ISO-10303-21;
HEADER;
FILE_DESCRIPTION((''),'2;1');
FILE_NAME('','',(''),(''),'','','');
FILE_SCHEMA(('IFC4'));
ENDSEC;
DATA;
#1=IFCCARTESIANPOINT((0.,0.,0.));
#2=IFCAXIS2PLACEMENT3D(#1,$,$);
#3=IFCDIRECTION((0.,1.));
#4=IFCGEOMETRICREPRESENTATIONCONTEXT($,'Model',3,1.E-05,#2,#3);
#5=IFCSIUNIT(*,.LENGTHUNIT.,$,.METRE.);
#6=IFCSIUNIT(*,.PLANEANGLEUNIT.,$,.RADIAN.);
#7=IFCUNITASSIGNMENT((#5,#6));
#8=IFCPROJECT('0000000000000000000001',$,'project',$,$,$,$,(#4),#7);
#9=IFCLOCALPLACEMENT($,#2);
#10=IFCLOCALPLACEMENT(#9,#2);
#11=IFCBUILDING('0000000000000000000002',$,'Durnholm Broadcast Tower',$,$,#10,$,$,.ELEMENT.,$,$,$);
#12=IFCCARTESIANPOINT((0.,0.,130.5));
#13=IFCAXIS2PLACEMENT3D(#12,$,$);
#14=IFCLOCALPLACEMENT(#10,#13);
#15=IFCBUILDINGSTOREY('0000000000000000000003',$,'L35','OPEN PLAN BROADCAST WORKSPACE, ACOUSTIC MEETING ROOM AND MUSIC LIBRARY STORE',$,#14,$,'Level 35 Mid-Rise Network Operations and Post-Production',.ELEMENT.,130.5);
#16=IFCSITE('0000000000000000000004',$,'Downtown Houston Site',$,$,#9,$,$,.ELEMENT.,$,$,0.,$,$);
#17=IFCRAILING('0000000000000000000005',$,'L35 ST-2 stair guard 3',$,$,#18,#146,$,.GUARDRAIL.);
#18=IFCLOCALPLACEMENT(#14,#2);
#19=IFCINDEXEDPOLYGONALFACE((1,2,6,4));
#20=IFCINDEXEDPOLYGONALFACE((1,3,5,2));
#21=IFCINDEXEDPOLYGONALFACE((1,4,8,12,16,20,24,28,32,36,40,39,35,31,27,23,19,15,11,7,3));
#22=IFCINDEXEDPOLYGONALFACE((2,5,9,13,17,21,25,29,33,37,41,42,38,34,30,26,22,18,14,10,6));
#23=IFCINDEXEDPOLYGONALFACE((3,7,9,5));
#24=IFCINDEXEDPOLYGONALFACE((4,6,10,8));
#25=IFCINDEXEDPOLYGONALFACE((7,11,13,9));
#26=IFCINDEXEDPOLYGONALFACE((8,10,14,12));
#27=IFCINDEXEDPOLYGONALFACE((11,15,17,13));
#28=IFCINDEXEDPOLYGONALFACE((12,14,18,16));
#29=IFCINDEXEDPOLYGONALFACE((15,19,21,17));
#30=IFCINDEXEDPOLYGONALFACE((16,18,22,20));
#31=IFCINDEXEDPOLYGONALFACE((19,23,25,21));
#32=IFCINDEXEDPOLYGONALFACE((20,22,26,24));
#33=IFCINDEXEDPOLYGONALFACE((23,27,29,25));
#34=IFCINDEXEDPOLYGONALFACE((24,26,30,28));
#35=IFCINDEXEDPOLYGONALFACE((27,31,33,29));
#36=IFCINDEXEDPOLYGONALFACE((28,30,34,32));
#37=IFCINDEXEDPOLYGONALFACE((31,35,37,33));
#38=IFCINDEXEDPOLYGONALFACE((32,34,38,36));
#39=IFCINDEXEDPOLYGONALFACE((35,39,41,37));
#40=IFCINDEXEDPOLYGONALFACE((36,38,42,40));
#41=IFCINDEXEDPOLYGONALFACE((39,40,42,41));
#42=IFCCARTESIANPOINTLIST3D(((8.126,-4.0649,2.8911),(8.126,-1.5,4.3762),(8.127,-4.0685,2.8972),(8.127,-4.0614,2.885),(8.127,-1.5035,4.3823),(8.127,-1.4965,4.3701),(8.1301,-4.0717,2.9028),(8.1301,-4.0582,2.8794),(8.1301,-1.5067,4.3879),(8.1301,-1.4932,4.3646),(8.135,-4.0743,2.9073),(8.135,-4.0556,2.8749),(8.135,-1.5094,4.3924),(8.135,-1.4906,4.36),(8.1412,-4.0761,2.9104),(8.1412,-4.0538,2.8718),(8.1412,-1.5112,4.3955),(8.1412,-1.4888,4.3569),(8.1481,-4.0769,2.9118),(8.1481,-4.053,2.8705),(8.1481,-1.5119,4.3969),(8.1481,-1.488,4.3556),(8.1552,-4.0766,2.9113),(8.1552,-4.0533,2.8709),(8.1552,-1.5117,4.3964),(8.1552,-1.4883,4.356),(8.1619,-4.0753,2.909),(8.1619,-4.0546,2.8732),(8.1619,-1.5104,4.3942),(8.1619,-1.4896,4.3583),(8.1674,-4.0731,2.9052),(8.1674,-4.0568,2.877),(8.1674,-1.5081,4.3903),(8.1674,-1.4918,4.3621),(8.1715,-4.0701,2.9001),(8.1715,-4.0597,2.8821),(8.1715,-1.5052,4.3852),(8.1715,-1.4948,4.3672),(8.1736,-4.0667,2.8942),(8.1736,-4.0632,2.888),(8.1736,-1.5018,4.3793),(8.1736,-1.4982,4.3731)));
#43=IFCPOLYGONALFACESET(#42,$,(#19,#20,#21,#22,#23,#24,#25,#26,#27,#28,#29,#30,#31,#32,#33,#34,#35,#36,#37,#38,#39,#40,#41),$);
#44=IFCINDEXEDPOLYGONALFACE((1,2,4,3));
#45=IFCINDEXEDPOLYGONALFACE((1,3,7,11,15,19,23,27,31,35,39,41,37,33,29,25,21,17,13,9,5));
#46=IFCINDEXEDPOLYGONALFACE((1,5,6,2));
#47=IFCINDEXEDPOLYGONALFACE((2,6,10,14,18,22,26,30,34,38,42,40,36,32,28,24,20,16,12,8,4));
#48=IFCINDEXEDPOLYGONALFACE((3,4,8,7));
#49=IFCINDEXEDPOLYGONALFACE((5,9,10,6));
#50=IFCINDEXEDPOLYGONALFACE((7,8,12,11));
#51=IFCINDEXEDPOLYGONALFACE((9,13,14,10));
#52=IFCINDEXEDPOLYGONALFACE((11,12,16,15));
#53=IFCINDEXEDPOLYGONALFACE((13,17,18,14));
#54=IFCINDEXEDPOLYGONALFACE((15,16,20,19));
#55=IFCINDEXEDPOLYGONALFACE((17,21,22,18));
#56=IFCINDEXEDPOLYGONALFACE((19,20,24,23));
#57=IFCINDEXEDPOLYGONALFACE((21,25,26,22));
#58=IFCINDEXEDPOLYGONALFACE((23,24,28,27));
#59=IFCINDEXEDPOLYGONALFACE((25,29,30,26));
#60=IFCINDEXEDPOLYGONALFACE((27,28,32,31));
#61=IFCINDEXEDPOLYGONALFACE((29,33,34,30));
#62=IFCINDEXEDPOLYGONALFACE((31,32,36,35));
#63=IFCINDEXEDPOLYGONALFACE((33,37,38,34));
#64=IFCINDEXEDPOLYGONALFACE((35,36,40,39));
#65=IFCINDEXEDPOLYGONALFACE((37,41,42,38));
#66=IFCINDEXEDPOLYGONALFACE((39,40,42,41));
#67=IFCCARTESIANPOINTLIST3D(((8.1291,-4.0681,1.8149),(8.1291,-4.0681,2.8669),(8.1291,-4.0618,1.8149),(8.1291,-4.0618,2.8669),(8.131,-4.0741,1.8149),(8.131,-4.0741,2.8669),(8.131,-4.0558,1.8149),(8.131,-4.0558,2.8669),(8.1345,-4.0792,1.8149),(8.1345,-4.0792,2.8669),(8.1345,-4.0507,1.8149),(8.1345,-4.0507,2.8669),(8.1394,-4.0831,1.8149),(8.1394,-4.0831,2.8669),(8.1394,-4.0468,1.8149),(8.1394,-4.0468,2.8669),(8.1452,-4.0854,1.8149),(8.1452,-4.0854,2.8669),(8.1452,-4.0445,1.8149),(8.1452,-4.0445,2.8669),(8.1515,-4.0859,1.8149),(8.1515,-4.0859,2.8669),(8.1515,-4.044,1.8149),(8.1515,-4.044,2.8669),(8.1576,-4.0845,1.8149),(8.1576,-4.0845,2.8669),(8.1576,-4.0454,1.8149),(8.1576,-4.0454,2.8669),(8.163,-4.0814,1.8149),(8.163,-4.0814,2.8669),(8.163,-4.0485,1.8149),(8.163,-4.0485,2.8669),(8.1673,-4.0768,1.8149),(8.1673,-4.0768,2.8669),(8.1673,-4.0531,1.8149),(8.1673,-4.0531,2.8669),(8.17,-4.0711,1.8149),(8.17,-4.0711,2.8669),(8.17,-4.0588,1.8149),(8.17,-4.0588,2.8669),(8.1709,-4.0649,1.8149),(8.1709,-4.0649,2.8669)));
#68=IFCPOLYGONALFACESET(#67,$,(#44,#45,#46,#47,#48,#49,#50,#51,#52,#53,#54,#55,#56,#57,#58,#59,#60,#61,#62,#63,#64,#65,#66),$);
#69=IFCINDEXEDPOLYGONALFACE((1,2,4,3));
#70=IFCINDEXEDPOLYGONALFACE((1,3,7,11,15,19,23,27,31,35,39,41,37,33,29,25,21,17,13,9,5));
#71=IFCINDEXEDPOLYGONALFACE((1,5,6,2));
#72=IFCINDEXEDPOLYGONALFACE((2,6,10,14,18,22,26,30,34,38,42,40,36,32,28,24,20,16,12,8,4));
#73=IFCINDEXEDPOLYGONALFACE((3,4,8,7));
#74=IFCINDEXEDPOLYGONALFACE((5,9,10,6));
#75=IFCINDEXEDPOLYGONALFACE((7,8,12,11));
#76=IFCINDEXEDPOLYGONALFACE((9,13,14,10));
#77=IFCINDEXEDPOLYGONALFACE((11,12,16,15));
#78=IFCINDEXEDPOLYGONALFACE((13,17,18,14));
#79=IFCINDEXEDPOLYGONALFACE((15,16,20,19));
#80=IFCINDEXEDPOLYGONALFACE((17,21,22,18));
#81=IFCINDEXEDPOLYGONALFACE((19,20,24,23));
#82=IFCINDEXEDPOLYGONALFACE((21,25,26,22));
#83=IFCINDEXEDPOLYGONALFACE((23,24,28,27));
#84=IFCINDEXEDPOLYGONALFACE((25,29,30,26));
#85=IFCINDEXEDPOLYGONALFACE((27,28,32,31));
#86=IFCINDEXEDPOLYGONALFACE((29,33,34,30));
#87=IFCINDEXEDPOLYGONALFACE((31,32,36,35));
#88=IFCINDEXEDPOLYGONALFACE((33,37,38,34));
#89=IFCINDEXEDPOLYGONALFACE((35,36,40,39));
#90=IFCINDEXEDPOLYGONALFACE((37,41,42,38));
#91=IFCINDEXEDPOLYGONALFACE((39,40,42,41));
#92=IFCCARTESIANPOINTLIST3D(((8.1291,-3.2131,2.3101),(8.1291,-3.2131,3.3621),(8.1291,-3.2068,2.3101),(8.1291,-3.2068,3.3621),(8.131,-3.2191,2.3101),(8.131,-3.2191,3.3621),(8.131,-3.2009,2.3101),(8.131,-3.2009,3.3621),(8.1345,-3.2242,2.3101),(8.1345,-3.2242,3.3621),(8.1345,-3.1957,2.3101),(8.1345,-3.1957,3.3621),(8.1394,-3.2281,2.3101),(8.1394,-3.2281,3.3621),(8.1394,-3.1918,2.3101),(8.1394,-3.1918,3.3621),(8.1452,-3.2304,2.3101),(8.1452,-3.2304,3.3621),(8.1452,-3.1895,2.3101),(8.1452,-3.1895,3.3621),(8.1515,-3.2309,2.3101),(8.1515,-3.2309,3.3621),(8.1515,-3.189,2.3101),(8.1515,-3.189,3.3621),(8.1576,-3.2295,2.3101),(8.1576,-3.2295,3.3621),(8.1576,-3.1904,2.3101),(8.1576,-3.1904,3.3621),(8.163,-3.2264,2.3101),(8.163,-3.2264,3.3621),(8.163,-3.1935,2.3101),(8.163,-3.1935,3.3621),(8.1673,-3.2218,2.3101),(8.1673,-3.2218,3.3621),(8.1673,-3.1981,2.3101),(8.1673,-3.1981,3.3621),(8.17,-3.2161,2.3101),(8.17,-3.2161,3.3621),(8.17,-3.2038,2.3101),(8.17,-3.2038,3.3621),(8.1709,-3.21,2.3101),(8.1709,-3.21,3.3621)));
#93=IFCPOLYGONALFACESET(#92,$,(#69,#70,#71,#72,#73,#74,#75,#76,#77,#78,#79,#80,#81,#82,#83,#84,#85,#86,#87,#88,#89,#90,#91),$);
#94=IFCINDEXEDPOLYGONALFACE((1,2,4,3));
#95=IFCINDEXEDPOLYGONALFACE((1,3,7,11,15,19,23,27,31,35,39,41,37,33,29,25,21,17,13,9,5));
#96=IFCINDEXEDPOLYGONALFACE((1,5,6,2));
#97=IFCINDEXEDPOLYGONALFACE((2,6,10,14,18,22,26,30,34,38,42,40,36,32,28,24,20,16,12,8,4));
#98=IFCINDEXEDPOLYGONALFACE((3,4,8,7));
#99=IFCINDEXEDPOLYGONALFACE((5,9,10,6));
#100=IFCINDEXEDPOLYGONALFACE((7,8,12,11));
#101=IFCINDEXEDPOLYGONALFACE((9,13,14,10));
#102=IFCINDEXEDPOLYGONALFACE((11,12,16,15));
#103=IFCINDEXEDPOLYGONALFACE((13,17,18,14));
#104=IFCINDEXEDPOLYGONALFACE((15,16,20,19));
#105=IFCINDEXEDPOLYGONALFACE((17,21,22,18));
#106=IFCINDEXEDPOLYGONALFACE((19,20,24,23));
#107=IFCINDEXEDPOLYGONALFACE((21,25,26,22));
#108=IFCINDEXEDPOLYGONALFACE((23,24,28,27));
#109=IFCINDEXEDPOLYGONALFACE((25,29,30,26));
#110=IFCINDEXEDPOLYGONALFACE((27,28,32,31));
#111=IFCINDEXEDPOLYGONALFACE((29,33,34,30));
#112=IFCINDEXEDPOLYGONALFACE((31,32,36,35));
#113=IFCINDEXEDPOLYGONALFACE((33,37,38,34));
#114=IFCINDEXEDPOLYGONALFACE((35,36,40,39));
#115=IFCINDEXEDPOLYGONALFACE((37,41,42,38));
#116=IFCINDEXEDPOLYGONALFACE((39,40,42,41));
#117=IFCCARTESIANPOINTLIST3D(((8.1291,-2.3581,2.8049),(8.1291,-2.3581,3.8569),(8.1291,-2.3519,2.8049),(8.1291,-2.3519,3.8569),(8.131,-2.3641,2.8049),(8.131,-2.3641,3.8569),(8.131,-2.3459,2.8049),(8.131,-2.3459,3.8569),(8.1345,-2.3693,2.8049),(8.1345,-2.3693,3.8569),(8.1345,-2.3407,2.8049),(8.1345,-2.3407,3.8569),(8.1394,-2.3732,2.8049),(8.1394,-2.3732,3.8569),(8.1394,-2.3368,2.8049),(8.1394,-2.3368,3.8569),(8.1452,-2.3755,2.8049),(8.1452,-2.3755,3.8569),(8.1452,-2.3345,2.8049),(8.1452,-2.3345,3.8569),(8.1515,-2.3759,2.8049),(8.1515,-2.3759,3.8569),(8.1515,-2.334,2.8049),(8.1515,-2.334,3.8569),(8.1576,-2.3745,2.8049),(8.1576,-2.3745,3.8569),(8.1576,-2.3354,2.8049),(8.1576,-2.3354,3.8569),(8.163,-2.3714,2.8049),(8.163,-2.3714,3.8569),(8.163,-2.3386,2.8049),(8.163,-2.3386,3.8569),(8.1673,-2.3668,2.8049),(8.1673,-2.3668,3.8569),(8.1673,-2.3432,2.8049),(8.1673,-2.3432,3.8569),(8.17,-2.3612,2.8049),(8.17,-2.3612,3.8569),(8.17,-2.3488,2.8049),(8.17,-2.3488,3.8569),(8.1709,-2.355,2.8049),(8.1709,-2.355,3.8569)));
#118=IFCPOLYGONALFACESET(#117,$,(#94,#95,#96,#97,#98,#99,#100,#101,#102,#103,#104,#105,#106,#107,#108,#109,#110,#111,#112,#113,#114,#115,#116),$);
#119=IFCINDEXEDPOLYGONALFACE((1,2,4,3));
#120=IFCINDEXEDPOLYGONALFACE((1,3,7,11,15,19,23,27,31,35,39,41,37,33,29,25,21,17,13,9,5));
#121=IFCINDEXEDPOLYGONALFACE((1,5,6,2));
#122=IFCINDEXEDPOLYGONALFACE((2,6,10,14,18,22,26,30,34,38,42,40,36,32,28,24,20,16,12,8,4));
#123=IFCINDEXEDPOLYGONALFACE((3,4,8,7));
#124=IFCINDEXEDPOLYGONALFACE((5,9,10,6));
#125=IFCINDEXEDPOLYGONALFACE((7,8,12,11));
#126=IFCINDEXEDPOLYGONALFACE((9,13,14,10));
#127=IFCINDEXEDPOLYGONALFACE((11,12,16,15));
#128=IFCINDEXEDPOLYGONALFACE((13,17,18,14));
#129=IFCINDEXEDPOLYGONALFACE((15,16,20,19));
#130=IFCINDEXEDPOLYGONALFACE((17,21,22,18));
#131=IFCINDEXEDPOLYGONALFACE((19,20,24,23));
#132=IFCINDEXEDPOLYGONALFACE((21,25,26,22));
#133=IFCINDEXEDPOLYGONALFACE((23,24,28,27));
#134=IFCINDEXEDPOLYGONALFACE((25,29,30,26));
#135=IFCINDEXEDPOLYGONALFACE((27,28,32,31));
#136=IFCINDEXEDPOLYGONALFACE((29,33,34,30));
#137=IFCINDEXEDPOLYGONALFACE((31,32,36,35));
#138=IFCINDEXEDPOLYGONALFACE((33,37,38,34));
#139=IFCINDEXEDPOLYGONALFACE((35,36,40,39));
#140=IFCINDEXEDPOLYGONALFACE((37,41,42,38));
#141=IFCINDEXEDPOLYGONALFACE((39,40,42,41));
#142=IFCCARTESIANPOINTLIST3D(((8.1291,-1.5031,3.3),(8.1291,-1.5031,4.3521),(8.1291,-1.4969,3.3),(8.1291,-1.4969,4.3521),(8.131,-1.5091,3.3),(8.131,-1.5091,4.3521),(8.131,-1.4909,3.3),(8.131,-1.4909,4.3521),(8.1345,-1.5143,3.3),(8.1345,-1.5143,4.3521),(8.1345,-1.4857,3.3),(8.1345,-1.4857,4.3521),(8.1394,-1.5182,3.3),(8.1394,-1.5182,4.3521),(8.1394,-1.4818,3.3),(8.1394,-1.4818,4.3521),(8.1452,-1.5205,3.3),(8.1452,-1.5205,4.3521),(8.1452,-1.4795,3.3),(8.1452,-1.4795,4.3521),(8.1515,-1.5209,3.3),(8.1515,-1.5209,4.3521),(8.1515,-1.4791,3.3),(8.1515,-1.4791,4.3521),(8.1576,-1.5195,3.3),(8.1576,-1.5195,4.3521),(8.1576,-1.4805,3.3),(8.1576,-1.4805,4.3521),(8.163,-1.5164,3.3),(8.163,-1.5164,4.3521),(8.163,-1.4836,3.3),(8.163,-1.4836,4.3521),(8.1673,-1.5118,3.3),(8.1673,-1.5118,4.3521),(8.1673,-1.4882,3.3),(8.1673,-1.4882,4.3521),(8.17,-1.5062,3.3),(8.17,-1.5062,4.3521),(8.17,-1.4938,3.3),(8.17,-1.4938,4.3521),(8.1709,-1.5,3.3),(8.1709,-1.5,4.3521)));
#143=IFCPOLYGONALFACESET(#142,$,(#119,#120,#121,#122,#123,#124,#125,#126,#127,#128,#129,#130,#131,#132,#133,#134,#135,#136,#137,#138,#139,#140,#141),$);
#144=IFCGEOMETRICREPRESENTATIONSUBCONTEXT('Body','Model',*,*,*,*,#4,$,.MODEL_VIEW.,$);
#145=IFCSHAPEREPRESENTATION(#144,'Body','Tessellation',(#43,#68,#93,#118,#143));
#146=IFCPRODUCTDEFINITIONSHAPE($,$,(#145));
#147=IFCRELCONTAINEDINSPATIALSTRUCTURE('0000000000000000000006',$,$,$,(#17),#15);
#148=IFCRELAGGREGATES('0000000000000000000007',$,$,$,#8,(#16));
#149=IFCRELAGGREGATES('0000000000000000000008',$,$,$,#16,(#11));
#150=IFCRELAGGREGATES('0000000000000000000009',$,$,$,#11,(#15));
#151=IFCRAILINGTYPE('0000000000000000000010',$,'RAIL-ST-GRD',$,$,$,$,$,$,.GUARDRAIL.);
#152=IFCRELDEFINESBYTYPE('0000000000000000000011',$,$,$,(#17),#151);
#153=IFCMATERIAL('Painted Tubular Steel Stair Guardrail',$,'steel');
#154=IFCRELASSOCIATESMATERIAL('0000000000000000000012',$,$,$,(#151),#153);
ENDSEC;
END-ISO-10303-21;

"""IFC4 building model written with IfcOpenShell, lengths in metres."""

from ifc_helpers import new_model, si_unit, direction, frame, origin, origin_2d, place, context, subcontext, project, spatial, circle, extrude, material, type_object, element, save


model = new_model("IFC4")

# Units and contexts
model_context = context("Model", 3, precision=1e-05, world=origin(), true_north=direction((0.0, 1.0)))
body_context = subcontext(model_context, "Body", "Model", "MODEL_VIEW")
ifc_project = project(units=[si_unit("LENGTHUNIT", "METRE"), si_unit("PLANEANGLEUNIT", "RADIAN")], contexts=[model_context])

# Site, building, storey
site_placement = place(None, origin())
site = spatial("IfcSite", under=ifc_project, at=site_placement, Name="Downtown Houston Site", CompositionType="ELEMENT", RefElevation=0.0)
building_placement = place(site_placement, origin())
building = spatial("IfcBuilding", under=site, at=building_placement, Name="Durnholm Broadcast Tower", CompositionType="ELEMENT")
storey_placement = place(building_placement, frame((0.0, 0.0, 130.5)))
storey = spatial("IfcBuildingStorey", under=building, at=storey_placement, Name="L35", Description="OPEN PLAN BROADCAST WORKSPACE, ACOUSTIC MEETING ROOM AND MUSIC LIBRARY STORE", LongName="Level 35 Mid-Rise Network Operations and Post-Production", CompositionType="ELEMENT", Elevation=130.5)

# Railing
ifc_material_1 = material(Name="Painted Tubular Steel Stair Guardrail", Category="steel")
railing_type_1 = type_object("IfcRailingType", Name="RAIL-ST-GRD", PredefinedType="GUARDRAIL", material=ifc_material_1)
railing_1_placement = place(storey_placement, frame((8.1499, -4.0649, 1.8149)))
element("IfcRailing", 1, at=railing_1_placement, inside=storey, type_object=railing_type_1, Name="L35 ST-2 stair guard 3", PredefinedType="GUARDRAIL", context=body_context, shape_type="SweptSolid", body=[
    extrude(circle(Radius=0.0239, at=origin_2d()), frame((0.0, 0.0, 1.0762), z_axis=(0.0, 0.865406, 0.501072), x_axis=(-1.0, 0.0, 0.0)), (0.0, 0.0, 1.0), 2.9639),
    extrude(circle(Radius=0.021, at=origin_2d()), origin(), (0.0, 0.0, 1.0), 1.052),
    extrude(circle(Radius=0.021, at=origin_2d()), frame((0.0, 0.855, 0.4951)), (0.0, 0.0, 1.0), 1.052),
    extrude(circle(Radius=0.021, at=origin_2d()), frame((0.0, 1.71, 0.99)), (0.0, 0.0, 1.0), 1.052),
    extrude(circle(Radius=0.021, at=origin_2d()), frame((0.0, 2.5649, 1.4851)), (0.0, 0.0, 1.0), 1.052),
])

save(model, "model.ifc")
